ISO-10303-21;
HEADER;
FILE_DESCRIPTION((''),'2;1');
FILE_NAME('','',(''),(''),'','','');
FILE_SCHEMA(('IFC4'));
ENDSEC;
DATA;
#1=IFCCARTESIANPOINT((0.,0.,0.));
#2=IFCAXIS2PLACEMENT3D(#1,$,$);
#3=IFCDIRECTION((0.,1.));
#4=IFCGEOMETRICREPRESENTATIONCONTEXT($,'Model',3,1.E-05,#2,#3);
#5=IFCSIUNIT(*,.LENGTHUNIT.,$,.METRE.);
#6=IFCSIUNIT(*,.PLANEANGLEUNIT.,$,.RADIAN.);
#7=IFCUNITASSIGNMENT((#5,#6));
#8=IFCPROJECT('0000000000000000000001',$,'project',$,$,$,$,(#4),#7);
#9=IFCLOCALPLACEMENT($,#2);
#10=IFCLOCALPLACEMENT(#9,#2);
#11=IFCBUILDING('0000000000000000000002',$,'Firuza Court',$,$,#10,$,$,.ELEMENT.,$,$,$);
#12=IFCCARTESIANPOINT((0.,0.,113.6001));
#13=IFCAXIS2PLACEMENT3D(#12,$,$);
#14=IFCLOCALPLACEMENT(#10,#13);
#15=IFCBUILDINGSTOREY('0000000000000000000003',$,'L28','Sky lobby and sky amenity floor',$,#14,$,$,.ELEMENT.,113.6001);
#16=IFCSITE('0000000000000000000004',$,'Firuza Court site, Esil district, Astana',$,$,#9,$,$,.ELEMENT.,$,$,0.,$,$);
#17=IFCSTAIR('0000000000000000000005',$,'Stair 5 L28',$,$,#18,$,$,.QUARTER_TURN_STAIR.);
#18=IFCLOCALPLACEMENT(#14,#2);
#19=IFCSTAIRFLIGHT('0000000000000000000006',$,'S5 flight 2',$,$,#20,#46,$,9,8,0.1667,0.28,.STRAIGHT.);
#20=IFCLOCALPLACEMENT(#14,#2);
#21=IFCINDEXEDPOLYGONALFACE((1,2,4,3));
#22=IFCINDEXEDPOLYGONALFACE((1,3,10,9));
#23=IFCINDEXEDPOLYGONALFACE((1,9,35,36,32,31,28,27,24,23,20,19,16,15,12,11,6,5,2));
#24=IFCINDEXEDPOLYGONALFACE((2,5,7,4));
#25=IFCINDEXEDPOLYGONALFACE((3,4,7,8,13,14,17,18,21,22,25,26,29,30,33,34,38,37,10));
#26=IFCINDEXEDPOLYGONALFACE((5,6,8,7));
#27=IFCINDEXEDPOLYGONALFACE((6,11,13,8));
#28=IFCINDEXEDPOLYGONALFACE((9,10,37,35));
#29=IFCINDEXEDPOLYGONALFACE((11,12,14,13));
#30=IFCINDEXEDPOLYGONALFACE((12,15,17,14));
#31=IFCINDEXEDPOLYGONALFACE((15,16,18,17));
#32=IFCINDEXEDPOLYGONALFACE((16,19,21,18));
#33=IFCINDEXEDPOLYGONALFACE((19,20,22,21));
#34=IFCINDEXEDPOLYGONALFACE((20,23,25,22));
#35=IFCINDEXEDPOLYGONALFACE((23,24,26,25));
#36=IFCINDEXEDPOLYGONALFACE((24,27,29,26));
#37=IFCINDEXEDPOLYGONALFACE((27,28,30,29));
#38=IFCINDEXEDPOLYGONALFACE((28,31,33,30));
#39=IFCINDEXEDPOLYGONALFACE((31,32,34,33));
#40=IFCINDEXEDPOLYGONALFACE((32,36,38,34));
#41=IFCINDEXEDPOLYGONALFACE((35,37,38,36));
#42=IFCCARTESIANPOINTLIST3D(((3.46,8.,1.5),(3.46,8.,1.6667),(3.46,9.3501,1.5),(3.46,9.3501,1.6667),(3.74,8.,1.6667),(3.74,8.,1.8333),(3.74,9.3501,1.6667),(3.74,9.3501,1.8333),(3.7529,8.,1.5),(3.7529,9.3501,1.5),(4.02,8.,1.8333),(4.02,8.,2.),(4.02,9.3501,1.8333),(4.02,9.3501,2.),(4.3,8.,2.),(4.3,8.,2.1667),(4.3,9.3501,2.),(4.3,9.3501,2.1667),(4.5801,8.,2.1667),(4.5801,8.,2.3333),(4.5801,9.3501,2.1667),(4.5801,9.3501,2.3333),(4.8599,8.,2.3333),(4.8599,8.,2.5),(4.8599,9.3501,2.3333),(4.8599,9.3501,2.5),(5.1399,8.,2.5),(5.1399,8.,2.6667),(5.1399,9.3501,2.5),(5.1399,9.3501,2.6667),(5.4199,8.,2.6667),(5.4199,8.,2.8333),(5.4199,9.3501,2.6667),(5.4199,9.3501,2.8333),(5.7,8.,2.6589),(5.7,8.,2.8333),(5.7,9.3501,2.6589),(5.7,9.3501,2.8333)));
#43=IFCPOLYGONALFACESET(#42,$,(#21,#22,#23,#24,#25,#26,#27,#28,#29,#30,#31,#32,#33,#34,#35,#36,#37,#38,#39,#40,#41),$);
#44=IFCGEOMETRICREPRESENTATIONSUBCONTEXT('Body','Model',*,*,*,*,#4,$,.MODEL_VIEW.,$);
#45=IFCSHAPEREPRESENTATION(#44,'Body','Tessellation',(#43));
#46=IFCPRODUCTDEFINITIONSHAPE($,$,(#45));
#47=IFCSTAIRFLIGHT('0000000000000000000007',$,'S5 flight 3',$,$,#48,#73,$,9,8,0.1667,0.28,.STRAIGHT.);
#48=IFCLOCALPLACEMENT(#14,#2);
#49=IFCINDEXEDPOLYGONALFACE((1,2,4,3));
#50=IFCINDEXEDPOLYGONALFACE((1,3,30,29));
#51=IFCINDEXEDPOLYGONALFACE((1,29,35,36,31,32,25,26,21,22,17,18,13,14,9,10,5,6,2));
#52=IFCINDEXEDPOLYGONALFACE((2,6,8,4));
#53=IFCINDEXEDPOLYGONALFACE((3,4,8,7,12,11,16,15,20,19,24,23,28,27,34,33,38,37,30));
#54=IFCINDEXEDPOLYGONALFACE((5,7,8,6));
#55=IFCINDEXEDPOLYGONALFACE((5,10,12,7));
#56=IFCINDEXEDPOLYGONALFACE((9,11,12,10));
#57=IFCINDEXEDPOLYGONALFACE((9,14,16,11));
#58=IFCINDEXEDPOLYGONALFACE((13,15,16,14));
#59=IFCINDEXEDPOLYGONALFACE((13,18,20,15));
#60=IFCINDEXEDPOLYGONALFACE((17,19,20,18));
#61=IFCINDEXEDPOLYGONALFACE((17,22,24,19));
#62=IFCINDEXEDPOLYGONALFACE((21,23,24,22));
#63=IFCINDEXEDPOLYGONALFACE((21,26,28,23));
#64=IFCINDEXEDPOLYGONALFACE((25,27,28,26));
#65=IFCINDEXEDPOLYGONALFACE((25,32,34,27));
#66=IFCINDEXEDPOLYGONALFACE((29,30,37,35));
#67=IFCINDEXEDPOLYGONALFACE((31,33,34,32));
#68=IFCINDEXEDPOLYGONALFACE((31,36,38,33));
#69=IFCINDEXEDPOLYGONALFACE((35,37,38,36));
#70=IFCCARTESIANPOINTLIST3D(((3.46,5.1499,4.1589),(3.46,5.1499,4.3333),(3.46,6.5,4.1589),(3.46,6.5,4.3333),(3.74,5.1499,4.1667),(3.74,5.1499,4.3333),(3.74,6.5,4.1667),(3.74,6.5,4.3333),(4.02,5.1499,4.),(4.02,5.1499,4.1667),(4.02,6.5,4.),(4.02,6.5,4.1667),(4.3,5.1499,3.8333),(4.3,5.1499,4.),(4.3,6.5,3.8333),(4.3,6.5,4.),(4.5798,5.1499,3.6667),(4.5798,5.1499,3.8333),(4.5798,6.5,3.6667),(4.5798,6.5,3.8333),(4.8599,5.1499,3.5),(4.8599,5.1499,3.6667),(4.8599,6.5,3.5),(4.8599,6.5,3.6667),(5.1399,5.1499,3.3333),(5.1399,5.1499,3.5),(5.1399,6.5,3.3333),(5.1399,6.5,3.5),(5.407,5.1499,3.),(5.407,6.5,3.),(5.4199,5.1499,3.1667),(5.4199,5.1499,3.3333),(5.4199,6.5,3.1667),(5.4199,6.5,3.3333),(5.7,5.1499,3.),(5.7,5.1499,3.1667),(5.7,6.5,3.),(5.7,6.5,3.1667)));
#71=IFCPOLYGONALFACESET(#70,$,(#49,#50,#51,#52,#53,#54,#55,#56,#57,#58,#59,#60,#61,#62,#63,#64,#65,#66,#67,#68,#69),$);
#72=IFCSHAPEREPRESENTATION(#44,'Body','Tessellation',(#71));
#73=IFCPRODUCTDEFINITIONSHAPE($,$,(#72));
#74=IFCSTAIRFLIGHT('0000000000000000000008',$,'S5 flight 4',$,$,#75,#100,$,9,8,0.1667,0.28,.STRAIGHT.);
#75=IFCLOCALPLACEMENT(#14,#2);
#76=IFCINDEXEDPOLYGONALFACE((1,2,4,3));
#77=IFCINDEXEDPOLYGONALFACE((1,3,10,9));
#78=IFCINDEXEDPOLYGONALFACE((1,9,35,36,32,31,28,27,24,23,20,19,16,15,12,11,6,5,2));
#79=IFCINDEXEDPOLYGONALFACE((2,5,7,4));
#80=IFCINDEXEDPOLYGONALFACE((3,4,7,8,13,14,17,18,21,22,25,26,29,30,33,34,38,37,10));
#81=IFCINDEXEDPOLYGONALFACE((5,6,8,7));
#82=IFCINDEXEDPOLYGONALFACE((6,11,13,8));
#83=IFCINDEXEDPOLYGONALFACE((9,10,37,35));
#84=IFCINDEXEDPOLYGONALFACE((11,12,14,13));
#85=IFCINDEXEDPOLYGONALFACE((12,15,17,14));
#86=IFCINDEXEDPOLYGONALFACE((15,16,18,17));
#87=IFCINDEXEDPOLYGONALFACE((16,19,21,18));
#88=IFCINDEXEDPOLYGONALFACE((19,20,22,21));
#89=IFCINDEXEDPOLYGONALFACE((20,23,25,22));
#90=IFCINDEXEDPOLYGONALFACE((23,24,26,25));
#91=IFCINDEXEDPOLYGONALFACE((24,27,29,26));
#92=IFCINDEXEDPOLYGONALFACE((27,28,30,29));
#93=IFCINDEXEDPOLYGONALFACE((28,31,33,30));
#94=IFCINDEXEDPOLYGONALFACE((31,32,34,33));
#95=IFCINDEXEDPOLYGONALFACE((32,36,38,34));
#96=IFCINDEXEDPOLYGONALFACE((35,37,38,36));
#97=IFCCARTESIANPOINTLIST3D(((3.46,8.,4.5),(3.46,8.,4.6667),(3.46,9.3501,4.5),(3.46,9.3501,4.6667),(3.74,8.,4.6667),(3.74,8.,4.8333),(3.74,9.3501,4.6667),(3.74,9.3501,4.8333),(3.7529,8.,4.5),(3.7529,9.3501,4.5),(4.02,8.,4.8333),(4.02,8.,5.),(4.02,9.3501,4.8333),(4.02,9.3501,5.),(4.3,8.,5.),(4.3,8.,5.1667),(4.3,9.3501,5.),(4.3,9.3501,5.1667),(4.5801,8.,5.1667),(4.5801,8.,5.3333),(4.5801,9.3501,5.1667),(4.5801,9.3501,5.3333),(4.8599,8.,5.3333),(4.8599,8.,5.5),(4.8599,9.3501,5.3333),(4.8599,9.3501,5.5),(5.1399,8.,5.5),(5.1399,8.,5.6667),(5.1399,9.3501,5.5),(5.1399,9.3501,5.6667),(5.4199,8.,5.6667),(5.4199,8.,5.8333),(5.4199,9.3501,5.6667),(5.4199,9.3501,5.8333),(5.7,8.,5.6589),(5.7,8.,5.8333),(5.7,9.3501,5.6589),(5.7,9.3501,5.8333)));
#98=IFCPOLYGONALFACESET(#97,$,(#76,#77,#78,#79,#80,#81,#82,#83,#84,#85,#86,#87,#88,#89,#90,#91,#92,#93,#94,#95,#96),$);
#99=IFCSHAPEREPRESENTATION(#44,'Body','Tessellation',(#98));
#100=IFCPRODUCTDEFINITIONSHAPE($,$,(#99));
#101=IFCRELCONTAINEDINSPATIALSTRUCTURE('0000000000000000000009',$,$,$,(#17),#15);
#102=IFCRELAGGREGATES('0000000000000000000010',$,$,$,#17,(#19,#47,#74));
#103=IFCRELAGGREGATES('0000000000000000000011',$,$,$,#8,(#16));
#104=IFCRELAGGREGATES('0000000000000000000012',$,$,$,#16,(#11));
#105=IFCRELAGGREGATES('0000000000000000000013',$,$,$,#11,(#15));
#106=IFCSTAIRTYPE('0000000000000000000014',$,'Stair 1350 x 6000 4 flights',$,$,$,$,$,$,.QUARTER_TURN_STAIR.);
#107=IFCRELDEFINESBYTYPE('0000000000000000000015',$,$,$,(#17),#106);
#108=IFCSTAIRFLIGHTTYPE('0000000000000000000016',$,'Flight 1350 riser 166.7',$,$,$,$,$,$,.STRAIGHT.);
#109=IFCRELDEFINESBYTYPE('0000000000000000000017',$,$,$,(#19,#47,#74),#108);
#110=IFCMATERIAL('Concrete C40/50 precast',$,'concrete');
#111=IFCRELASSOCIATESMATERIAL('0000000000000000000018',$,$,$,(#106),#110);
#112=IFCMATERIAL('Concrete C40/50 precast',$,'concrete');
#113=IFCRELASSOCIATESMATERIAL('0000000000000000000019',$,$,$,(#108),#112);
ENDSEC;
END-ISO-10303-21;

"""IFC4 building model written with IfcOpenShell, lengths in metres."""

from ifc_helpers import new_model, si_unit, direction, frame, origin, place, context, subcontext, project, spatial, polyline, outline, extrude, material, type_object, element, aggregate, save


model = new_model("IFC4")

# Units and contexts
model_context = context("Model", 3, precision=1e-05, world=origin(), true_north=direction((0.0, 1.0)))
body_context = subcontext(model_context, "Body", "Model", "MODEL_VIEW")
ifc_project = project(units=[si_unit("LENGTHUNIT", "METRE"), si_unit("PLANEANGLEUNIT", "RADIAN")], contexts=[model_context])

# Site, building, storey
site_placement = place(None, origin())
site = spatial("IfcSite", under=ifc_project, at=site_placement, Name="Firuza Court site, Esil district, Astana", CompositionType="ELEMENT", RefElevation=0.0)
building_placement = place(site_placement, origin())
building = spatial("IfcBuilding", under=site, at=building_placement, Name="Firuza Court", CompositionType="ELEMENT")
storey_placement = place(building_placement, frame((0.0, 0.0, 113.6001)))
storey = spatial("IfcBuildingStorey", under=building, at=storey_placement, Name="L28", Description="Sky lobby and sky amenity floor", CompositionType="ELEMENT", Elevation=113.6001)

# Stair, stair flights
ifc_material_1 = material(Name="Concrete C40/50 precast", Category="concrete")
stair_type = type_object("IfcStairType", Name="Stair 1350 x 6000 4 flights", PredefinedType="QUARTER_TURN_STAIR", material=ifc_material_1)
stair_placement = place(storey_placement, origin())
stair = element("IfcStair", 1, at=stair_placement, inside=storey, type_object=stair_type, Name="Stair 5 L28", PredefinedType="QUARTER_TURN_STAIR")
ifc_material_2 = material(Name="Concrete C40/50 precast", Category="concrete")
stair_flight_type = type_object("IfcStairFlightType", Name="Flight 1350 riser 166.7", PredefinedType="STRAIGHT", material=ifc_material_2)
stair_flight_1_placement = place(storey_placement, frame((3.46, 8.675, 1.5), z_axis=(0.0, 0.0, 1.0), x_axis=(1.0, 0.0, 0.0)))
stair_flight_1 = element("IfcStairFlight", 2, at=stair_flight_1_placement, type_object=stair_flight_type, Name="S5 flight 2", NumberOfRisers=9, NumberOfTreads=8, PredefinedType="STRAIGHT", RiserHeight=0.1667, TreadLength=0.28, context=body_context, shape_type="SweptSolid", body=[
    extrude(outline(polyline([(0.0, 0.0), (0.0, 0.1667), (0.28, 0.1667), (0.28, 0.3333), (0.5601, 0.3333), (0.5601, 0.5), (0.8401, 0.5), (0.8401, 0.6667), (1.1201, 0.6667), (1.1201, 0.8333), (1.3999, 0.8333), (1.3999, 1.0), (1.6799, 1.0), (1.6799, 1.1667), (1.96, 1.1667), (1.96, 1.3333), (2.24, 1.3333), (2.24, 1.5), (2.24, 1.1589), (0.293, 0.0), (0.0, 0.0)])), frame((0.0, 0.675, 0.0), z_axis=(0.0, -1.0, 0.0), x_axis=(1.0, 0.0, 0.0)), (0.0, 0.0, 1.0), 1.3501),
])
stair_flight_2_placement = place(storey_placement, frame((5.7, 5.825, 3.0), z_axis=(0.0, 0.0, 1.0), x_axis=(-1.0, 0.0, 0.0)))
stair_flight_2 = element("IfcStairFlight", 3, at=stair_flight_2_placement, type_object=stair_flight_type, Name="S5 flight 3", NumberOfRisers=9, NumberOfTreads=8, PredefinedType="STRAIGHT", RiserHeight=0.1667, TreadLength=0.28, context=body_context, shape_type="SweptSolid", body=[
    extrude(outline(polyline([(0.0, 0.0), (0.0, 0.1667), (0.28, 0.1667), (0.28, 0.3333), (0.5601, 0.3333), (0.5601, 0.5), (0.8401, 0.5), (0.8401, 0.6667), (1.1201, 0.6667), (1.1201, 0.8333), (1.3999, 0.8333), (1.3999, 1.0), (1.6799, 1.0), (1.6799, 1.1667), (1.96, 1.1667), (1.96, 1.3333), (2.24, 1.3333), (2.24, 1.5), (2.24, 1.1589), (0.293, 0.0), (0.0, 0.0)])), frame((0.0, 0.675, 0.0), z_axis=(0.0, -1.0, 0.0), x_axis=(1.0, 0.0, 0.0)), (0.0, 0.0, 1.0), 1.3501),
])
stair_flight_3_placement = place(storey_placement, frame((3.46, 8.675, 4.5), z_axis=(0.0, 0.0, 1.0), x_axis=(1.0, 0.0, 0.0)))
stair_flight_3 = element("IfcStairFlight", 4, at=stair_flight_3_placement, type_object=stair_flight_type, Name="S5 flight 4", NumberOfRisers=9, NumberOfTreads=8, PredefinedType="STRAIGHT", RiserHeight=0.1667, TreadLength=0.28, context=body_context, shape_type="SweptSolid", body=[
    extrude(outline(polyline([(0.0, 0.0), (0.0, 0.1667), (0.28, 0.1667), (0.28, 0.3333), (0.5601, 0.3333), (0.5601, 0.5), (0.8401, 0.5), (0.8401, 0.6667), (1.1201, 0.6667), (1.1201, 0.8333), (1.3999, 0.8333), (1.3999, 1.0), (1.6799, 1.0), (1.6799, 1.1667), (1.96, 1.1667), (1.96, 1.3333), (2.24, 1.3333), (2.24, 1.5), (2.24, 1.1589), (0.293, 0.0), (0.0, 0.0)])), frame((0.0, 0.675, 0.0), z_axis=(0.0, -1.0, 0.0), x_axis=(1.0, 0.0, 0.0)), (0.0, 0.0, 1.0), 1.3501),
])
aggregate(stair, [stair_flight_1, stair_flight_2, stair_flight_3])

save(model, "model.ifc")
